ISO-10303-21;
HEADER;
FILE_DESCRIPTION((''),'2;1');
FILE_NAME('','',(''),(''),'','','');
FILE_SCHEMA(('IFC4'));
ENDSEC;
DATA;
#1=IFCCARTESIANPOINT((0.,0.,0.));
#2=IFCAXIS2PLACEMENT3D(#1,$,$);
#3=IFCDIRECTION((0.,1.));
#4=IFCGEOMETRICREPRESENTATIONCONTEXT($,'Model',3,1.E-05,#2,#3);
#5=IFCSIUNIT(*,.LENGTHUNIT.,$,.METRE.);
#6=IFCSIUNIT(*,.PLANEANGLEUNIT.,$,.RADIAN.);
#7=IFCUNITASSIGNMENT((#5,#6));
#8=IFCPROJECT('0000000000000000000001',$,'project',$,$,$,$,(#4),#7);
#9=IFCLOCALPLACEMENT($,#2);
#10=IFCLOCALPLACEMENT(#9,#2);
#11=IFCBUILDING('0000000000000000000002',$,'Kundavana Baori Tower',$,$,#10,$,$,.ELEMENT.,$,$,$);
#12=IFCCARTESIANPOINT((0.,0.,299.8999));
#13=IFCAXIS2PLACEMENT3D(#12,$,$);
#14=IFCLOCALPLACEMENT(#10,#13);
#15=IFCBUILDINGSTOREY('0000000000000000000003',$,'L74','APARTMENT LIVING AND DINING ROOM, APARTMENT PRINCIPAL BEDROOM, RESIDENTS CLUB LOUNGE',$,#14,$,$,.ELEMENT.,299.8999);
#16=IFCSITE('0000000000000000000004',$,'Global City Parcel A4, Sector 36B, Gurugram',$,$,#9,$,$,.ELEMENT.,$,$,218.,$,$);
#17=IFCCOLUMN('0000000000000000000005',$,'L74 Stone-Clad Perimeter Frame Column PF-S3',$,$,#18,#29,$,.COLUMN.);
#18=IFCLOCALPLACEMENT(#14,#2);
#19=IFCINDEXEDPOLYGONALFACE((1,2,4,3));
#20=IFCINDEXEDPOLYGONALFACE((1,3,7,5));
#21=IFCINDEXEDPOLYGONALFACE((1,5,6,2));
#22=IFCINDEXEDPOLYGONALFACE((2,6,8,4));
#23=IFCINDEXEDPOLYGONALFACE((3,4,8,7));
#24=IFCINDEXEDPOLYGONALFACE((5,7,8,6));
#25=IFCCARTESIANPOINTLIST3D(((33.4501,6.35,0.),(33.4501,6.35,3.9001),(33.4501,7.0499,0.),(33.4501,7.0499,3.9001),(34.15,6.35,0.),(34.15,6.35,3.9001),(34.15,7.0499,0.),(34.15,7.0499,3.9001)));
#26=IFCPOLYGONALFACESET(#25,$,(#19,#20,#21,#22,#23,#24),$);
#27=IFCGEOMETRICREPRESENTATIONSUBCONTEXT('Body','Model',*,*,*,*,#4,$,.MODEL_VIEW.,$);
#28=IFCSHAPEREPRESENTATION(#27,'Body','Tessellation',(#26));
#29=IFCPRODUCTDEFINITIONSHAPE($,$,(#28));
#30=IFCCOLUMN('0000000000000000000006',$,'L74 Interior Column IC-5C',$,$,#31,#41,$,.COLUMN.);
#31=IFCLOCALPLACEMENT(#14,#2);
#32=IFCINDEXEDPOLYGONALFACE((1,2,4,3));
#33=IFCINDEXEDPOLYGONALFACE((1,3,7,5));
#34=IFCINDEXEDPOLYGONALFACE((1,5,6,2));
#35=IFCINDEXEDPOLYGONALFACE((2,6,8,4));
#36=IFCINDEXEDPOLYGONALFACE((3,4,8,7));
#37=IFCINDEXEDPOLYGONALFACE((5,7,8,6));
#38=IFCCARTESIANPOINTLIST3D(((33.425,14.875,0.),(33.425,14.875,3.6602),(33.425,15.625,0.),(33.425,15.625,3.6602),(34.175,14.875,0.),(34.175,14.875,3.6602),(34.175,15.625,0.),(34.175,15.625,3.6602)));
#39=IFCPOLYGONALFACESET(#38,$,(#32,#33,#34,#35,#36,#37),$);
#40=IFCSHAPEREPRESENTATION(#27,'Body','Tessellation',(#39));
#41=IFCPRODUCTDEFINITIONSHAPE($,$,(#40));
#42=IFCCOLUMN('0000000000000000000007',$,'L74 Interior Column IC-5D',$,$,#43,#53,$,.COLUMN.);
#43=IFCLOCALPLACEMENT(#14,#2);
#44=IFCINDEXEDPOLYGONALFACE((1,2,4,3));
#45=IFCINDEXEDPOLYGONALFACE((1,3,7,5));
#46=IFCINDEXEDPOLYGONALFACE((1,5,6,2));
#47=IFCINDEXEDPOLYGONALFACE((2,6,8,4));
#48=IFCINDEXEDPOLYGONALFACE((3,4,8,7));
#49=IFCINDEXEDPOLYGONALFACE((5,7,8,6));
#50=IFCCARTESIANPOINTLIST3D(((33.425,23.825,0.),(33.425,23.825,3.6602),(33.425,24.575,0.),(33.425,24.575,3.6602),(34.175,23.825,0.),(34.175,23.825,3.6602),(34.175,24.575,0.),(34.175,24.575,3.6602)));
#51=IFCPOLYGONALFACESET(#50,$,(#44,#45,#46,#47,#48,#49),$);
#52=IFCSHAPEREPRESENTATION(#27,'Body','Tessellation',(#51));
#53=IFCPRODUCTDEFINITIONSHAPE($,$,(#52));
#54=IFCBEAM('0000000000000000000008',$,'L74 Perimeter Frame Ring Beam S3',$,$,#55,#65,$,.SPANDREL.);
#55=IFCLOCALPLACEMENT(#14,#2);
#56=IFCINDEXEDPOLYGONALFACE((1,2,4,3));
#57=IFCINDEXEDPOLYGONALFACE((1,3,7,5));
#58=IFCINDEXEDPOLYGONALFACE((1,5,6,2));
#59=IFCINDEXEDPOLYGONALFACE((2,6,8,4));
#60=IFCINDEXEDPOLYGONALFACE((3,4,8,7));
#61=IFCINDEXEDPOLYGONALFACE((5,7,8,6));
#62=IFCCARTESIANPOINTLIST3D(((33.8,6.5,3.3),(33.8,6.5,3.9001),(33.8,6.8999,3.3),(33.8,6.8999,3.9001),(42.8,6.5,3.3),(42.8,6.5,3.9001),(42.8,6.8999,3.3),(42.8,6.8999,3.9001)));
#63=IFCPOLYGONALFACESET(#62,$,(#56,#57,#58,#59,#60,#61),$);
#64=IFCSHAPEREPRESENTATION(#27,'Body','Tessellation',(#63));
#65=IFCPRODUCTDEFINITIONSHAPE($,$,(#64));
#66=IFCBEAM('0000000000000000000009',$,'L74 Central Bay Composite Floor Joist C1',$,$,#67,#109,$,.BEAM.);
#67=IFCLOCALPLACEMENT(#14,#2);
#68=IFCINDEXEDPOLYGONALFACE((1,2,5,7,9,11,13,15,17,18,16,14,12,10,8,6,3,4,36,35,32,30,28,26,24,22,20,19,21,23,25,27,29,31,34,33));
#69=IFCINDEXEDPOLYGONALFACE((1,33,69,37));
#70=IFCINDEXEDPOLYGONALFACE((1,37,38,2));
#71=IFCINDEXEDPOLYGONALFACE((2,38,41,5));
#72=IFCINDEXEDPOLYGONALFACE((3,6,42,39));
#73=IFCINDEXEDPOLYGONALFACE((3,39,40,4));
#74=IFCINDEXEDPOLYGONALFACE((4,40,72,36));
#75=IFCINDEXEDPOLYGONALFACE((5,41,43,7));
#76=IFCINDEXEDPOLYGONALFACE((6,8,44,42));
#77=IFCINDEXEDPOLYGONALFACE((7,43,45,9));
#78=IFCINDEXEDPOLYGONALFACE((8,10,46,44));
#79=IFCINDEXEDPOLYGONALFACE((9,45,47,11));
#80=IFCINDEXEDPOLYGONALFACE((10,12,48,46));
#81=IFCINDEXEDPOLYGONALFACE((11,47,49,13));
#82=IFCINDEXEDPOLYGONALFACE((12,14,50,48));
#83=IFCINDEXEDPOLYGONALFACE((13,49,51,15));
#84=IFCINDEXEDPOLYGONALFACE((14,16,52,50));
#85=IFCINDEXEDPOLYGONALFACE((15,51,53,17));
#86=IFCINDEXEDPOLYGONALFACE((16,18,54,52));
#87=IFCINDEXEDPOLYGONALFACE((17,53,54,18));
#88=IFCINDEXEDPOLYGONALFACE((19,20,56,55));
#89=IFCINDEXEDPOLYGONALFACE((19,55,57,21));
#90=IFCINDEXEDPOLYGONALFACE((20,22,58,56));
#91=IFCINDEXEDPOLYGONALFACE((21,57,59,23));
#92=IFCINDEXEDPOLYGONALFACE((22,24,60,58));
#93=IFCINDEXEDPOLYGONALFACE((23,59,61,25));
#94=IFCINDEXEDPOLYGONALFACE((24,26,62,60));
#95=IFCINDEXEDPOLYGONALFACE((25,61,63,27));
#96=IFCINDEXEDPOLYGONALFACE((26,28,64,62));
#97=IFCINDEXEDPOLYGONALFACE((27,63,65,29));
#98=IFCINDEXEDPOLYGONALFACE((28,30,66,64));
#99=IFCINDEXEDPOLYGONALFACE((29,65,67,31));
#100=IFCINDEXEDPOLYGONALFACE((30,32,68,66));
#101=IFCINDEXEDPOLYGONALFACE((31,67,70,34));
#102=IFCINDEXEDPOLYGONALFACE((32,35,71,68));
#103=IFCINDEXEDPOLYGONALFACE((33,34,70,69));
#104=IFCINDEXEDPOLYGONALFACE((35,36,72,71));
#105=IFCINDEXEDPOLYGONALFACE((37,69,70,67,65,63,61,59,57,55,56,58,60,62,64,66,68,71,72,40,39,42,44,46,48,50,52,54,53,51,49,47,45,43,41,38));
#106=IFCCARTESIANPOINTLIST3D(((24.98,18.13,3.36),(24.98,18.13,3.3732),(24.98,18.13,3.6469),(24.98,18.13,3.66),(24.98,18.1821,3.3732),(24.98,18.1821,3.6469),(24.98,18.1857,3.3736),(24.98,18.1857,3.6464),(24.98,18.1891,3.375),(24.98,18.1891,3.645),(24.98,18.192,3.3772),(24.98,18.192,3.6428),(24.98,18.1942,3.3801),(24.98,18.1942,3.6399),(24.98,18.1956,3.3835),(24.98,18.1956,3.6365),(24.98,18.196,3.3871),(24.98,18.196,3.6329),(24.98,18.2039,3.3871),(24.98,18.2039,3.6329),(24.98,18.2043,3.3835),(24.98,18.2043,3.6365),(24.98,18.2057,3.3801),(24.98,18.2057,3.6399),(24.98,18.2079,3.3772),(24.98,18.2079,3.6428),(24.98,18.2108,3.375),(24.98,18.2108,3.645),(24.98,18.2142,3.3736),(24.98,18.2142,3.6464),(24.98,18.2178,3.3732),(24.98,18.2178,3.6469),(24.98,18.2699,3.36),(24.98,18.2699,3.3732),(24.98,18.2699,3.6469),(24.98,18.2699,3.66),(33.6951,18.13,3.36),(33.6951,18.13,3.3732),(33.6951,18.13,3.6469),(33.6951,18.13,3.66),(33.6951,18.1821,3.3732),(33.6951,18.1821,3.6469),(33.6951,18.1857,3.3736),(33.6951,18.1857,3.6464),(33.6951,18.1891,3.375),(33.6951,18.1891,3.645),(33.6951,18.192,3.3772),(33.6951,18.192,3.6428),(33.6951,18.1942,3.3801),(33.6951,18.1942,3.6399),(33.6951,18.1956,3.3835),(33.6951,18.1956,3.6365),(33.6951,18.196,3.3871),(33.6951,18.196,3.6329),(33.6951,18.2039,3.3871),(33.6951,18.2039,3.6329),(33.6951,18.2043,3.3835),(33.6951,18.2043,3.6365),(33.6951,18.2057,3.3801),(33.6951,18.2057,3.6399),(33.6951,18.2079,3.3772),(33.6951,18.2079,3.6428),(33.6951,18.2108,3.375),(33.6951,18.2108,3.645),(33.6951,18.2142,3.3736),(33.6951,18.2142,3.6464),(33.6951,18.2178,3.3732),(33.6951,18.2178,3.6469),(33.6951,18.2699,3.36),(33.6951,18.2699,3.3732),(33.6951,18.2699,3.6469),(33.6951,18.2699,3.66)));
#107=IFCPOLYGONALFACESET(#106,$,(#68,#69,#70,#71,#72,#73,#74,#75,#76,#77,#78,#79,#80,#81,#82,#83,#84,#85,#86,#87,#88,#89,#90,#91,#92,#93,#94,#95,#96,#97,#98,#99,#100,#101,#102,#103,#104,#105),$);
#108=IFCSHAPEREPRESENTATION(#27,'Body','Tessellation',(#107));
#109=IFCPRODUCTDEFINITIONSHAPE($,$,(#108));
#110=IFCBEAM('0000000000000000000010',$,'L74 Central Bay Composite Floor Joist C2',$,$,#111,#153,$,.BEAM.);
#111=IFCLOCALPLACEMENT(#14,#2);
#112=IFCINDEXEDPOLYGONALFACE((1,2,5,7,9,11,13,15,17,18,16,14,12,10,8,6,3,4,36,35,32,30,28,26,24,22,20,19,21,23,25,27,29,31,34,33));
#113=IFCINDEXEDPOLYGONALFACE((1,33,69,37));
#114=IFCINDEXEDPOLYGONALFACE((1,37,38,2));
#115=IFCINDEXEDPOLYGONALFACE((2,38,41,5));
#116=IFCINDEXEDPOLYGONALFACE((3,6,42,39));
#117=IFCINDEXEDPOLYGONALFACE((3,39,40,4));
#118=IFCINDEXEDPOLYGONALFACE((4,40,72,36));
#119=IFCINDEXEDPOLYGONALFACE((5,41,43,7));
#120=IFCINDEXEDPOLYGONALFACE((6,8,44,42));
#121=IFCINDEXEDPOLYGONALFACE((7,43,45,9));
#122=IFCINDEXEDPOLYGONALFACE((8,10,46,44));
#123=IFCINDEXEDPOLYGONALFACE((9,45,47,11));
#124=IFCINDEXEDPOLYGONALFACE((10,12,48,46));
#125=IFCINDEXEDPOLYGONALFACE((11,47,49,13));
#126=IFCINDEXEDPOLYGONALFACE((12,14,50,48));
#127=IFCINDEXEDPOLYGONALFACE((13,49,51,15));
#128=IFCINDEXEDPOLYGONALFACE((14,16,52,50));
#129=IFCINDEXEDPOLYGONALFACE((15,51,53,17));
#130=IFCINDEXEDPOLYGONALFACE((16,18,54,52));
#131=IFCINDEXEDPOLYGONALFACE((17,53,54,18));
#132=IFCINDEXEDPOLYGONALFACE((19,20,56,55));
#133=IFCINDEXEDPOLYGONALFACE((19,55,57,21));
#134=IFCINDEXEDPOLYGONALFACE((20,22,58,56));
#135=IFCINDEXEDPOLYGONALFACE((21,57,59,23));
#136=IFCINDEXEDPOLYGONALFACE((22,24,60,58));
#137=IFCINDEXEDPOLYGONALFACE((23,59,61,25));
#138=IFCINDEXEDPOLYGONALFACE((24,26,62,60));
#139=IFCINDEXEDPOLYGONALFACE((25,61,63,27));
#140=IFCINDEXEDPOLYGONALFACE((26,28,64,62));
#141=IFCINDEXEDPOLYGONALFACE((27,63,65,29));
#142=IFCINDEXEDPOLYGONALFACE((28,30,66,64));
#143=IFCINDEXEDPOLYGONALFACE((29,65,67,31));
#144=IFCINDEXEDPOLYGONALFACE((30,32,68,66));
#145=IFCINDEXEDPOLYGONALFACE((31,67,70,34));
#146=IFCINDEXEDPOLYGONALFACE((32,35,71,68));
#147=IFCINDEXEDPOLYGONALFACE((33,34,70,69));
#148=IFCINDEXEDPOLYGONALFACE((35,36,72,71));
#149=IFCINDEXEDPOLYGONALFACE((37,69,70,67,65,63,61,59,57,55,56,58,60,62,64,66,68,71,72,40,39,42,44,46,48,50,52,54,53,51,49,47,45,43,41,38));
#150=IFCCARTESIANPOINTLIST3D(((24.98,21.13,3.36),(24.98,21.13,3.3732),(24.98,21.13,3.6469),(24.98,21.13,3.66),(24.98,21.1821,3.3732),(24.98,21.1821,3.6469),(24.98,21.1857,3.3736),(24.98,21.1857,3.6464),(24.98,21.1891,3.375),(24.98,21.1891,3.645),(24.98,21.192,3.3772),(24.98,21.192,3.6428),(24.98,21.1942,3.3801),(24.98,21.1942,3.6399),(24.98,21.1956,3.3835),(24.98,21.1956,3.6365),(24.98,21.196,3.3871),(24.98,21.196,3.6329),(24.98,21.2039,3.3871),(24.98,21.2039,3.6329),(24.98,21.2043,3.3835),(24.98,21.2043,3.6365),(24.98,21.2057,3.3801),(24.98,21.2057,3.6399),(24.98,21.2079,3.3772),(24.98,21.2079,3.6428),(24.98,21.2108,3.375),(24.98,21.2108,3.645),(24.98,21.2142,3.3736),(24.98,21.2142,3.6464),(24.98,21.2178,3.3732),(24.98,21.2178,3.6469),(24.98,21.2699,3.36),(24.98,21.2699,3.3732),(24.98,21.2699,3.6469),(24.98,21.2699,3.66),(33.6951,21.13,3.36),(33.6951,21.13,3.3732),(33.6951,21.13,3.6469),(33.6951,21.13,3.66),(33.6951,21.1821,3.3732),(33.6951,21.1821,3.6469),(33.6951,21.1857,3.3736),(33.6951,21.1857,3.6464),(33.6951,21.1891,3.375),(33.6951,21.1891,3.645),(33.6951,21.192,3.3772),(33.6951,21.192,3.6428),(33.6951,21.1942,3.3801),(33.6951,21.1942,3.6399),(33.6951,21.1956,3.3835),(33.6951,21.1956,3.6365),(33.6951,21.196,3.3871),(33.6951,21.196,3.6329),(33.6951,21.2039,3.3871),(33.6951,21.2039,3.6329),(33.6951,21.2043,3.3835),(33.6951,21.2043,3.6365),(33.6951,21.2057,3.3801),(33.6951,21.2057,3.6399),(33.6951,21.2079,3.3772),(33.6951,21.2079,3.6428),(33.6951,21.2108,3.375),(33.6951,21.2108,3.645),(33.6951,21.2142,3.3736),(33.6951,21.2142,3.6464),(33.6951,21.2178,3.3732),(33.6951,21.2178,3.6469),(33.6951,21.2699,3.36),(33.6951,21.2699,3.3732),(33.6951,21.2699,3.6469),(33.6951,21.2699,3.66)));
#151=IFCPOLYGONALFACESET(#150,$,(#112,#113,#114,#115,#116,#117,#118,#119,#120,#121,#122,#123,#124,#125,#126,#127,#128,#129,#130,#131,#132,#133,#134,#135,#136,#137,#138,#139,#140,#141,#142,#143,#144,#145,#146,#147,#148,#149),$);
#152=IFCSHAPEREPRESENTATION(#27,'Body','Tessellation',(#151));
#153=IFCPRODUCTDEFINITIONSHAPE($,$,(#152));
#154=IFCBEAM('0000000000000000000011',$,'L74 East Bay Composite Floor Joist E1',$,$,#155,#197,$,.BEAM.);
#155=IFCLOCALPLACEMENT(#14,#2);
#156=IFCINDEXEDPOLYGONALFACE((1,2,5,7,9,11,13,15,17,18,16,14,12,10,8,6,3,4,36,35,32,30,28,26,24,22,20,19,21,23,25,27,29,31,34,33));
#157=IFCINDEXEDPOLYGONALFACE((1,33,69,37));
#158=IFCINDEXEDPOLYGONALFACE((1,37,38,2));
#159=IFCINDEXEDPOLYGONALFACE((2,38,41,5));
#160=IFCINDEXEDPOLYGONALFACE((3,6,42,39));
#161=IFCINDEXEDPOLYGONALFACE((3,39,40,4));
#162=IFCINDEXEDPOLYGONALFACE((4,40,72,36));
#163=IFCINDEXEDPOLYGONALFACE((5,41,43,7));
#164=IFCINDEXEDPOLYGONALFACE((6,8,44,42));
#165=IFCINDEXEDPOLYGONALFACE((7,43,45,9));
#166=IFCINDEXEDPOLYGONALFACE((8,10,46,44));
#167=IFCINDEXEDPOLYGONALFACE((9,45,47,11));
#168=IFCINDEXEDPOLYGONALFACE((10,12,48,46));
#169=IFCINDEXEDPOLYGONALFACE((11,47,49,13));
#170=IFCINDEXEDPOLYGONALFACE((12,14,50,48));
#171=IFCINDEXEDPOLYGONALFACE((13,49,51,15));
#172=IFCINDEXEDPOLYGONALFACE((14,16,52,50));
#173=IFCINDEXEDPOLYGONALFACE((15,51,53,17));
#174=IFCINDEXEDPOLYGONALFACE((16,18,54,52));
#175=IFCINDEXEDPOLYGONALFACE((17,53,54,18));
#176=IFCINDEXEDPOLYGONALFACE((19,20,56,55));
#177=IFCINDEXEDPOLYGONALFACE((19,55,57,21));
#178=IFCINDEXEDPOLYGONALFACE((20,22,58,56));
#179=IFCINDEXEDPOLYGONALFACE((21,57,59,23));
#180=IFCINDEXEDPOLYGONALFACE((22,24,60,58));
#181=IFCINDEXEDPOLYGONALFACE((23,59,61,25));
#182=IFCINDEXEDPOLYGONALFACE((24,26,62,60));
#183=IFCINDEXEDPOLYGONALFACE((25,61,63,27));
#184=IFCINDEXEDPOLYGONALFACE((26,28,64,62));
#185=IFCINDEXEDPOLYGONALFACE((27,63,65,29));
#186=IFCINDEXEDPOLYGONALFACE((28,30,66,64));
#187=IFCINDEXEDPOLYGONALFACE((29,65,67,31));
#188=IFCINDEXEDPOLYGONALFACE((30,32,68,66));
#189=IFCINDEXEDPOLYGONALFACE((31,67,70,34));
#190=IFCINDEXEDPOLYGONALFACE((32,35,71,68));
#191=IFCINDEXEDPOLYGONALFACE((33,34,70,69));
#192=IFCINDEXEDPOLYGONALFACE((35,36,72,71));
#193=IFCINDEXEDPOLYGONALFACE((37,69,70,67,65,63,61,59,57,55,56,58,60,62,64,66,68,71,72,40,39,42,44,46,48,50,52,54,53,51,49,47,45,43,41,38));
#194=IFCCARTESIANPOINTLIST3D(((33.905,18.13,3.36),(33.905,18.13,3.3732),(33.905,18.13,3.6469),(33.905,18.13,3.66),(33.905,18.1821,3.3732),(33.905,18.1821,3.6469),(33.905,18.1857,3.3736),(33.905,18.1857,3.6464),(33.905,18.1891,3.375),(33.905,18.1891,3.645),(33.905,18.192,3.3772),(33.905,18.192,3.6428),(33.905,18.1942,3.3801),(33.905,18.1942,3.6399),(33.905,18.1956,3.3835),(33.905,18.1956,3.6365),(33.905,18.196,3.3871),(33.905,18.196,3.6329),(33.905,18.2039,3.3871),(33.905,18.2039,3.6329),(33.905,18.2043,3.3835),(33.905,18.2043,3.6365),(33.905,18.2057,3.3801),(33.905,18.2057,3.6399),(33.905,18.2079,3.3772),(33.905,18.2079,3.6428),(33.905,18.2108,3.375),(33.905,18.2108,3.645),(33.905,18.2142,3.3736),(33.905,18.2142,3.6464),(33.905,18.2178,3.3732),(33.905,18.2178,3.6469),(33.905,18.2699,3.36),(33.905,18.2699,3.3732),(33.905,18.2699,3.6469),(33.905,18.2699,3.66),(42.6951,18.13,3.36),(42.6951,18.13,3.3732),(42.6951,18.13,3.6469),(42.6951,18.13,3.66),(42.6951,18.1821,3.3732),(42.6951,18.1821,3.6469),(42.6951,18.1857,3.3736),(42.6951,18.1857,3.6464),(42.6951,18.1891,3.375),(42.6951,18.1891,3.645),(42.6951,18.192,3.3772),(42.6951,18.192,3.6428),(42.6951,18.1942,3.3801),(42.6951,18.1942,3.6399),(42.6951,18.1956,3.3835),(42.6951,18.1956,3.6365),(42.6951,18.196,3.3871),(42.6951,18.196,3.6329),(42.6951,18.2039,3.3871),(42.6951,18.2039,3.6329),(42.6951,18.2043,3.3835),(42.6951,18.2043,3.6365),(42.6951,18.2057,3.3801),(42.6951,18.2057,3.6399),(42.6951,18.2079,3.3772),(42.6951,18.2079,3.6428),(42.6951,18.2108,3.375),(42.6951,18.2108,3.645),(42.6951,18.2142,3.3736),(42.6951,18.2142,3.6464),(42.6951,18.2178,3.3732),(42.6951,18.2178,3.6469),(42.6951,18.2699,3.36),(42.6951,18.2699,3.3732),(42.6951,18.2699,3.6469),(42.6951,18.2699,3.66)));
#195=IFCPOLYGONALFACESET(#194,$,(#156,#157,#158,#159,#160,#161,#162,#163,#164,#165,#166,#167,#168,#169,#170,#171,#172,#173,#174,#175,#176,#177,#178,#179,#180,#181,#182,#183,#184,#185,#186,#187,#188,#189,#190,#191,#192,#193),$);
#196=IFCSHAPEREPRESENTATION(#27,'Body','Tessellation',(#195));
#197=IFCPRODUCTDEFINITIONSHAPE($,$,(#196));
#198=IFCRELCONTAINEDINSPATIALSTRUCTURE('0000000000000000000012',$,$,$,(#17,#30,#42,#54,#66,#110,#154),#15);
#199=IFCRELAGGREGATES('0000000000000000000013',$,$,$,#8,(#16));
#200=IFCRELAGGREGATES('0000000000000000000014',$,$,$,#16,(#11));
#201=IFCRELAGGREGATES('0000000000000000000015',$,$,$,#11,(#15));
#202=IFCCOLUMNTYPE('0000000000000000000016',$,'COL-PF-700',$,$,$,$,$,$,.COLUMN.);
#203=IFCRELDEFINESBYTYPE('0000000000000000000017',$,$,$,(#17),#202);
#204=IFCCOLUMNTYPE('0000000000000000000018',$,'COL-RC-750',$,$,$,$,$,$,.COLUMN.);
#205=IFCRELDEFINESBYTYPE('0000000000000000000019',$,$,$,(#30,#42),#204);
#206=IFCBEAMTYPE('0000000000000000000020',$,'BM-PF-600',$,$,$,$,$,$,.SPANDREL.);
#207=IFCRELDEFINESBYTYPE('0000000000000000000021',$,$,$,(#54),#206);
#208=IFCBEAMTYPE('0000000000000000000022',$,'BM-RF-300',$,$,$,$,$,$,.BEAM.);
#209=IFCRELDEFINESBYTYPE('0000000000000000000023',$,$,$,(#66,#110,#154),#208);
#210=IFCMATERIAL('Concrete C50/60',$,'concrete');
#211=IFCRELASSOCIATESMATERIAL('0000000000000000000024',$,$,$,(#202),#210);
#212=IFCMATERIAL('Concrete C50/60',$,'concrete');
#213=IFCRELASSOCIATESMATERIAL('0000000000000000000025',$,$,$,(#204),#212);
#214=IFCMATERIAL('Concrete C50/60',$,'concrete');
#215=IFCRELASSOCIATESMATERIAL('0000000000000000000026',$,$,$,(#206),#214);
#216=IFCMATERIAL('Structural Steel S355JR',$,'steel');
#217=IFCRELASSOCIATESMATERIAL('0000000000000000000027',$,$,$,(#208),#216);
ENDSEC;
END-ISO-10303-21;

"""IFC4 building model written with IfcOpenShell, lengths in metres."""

from ifc_helpers import new_model, si_unit, direction, frame, origin, origin_2d, place, context, subcontext, project, spatial, rectangle, i_section, extrude, material, material_profile, profile_set, type_object, element, save


model = new_model("IFC4")

# Units and contexts
model_context = context("Model", 3, precision=1e-05, world=origin(), true_north=direction((0.0, 1.0)))
body_context = subcontext(model_context, "Body", "Model", "MODEL_VIEW")
ifc_project = project(units=[si_unit("LENGTHUNIT", "METRE"), si_unit("PLANEANGLEUNIT", "RADIAN")], contexts=[model_context])

# Site, building, storey
site_placement = place(None, origin())
site = spatial("IfcSite", under=ifc_project, at=site_placement, Name="Global City Parcel A4, Sector 36B, Gurugram", CompositionType="ELEMENT", RefElevation=218.0)
building_placement = place(site_placement, origin())
building = spatial("IfcBuilding", under=site, at=building_placement, Name="Kundavana Baori Tower", CompositionType="ELEMENT")
storey_placement = place(building_placement, frame((0.0, 0.0, 299.8999)))
storey = spatial("IfcBuildingStorey", under=building, at=storey_placement, Name="L74", Description="APARTMENT LIVING AND DINING ROOM, APARTMENT PRINCIPAL BEDROOM, RESIDENTS CLUB LOUNGE", CompositionType="ELEMENT", Elevation=299.8999)

# Columns
ifc_material_1 = material(Name="Concrete C50/60", Category="concrete")
ifc_material_profile_1 = material_profile(ifc_material_1, rectangle(XDim=0.7, YDim=0.7, at=origin_2d()), Name="RC PF 700x700")
ifc_profile_set_1 = profile_set([ifc_material_profile_1], Name="Concrete C50/60")
column_type_1 = type_object("IfcColumnType", Name="COL-PF-700", PredefinedType="COLUMN", material=ifc_profile_set_1)
column_placement = place(storey_placement, frame((33.8, 6.7, 0.0), z_axis=(0.0, 0.0, 1.0), x_axis=(1.0, 0.0, 0.0)))
element("IfcColumn", 1, at=column_placement, inside=storey, type_object=column_type_1, Name="L74 Stone-Clad Perimeter Frame Column PF-S3", PredefinedType="COLUMN", context=body_context, shape_type="SweptSolid", body=[
    extrude(rectangle(XDim=0.7, YDim=0.7, at=origin_2d()), origin(), (0.0, 0.0, 1.0), 3.9001),
])
ifc_material_2 = material(Name="Concrete C50/60", Category="concrete")
ifc_material_profile_2 = material_profile(ifc_material_2, rectangle(XDim=0.75, YDim=0.75, at=origin_2d()), Name="RC 750x750")
ifc_profile_set_2 = profile_set([ifc_material_profile_2], Name="Concrete C50/60")
column_type_2 = type_object("IfcColumnType", Name="COL-RC-750", PredefinedType="COLUMN", material=ifc_profile_set_2)
for number, where, z_axis, x_axis, name in (
    (2, (33.8, 15.25, 0.0), (0.0, 0.0, 1.0), (1.0, 0.0, 0.0), "L74 Interior Column IC-5C"),
    (3, (33.8, 24.2, 0.0), (0.0, 0.0, 1.0), (1.0, 0.0, 0.0), "L74 Interior Column IC-5D"),
):
    element("IfcColumn", number, at=place(storey_placement, frame(where, z_axis=z_axis, x_axis=x_axis)), inside=storey, type_object=column_type_2, Name=name, PredefinedType="COLUMN", context=body_context, shape_type="SweptSolid", body=[
        extrude(rectangle(XDim=0.75, YDim=0.75, at=origin_2d()), origin(), (0.0, 0.0, 1.0), 3.6602),
    ])

# Beams
ifc_material_3 = material(Name="Concrete C50/60", Category="concrete")
ifc_material_profile_3 = material_profile(ifc_material_3, rectangle(XDim=0.3999, YDim=0.6001, at=origin_2d()), Name="RC BM 400x600")
ifc_profile_set_3 = profile_set([ifc_material_profile_3], Name="Concrete C50/60")
beam_type_1 = type_object("IfcBeamType", Name="BM-PF-600", PredefinedType="SPANDREL", material=ifc_profile_set_3)
beam_1_placement = place(storey_placement, frame((33.8, 6.7, 3.6001), z_axis=(1.0, 0.0, 0.0), x_axis=(0.0, 1.0, 0.0)))
element("IfcBeam", 4, at=beam_1_placement, inside=storey, type_object=beam_type_1, Name="L74 Perimeter Frame Ring Beam S3", PredefinedType="SPANDREL", context=body_context, shape_type="SweptSolid", body=[
    extrude(rectangle(XDim=0.3999, YDim=0.6001, at=origin_2d()), origin(), (0.0, 0.0, 1.0), 9.0),
])
ifc_material_4 = material(Name="Structural Steel S355JR", Category="steel")
ifc_material_profile_4 = material_profile(ifc_material_4, i_section(OverallWidth=0.1399, OverallDepth=0.3, WebThickness=0.0078, FlangeThickness=0.0132, FilletRadius=0.0139, at=origin_2d()), Name="ISMB 300")
ifc_profile_set_4 = profile_set([ifc_material_profile_4], Name="Structural Steel S355JR")
beam_type_2 = type_object("IfcBeamType", Name="BM-RF-300", PredefinedType="BEAM", material=ifc_profile_set_4)
for number, where, z_axis, x_axis, name in (
    (5, (24.98, 18.2, 3.51), (1.0, 0.0, 0.0), (0.0, 1.0, 0.0), "L74 Central Bay Composite Floor Joist C1"),
    (6, (24.98, 21.2, 3.51), (1.0, 0.0, 0.0), (0.0, 1.0, 0.0), "L74 Central Bay Composite Floor Joist C2"),
):
    element("IfcBeam", number, at=place(storey_placement, frame(where, z_axis=z_axis, x_axis=x_axis)), inside=storey, type_object=beam_type_2, Name=name, PredefinedType="BEAM", context=body_context, shape_type="SweptSolid", body=[
        extrude(i_section(OverallWidth=0.1399, OverallDepth=0.3, WebThickness=0.0078, FlangeThickness=0.0132, FilletRadius=0.0139, at=origin_2d()), origin(), (0.0, 0.0, 1.0), 8.7151),
    ])
for number, where, z_axis, x_axis, name in (
    (7, (33.905, 18.2, 3.51), (1.0, 0.0, 0.0), (0.0, 1.0, 0.0), "L74 East Bay Composite Floor Joist E1"),
):
    element("IfcBeam", number, at=place(storey_placement, frame(where, z_axis=z_axis, x_axis=x_axis)), inside=storey, type_object=beam_type_2, Name=name, PredefinedType="BEAM", context=body_context, shape_type="SweptSolid", body=[
        extrude(i_section(OverallWidth=0.1399, OverallDepth=0.3, WebThickness=0.0078, FlangeThickness=0.0132, FilletRadius=0.0139, at=origin_2d()), origin(), (0.0, 0.0, 1.0), 8.79),
    ])

save(model, "model.ifc")
